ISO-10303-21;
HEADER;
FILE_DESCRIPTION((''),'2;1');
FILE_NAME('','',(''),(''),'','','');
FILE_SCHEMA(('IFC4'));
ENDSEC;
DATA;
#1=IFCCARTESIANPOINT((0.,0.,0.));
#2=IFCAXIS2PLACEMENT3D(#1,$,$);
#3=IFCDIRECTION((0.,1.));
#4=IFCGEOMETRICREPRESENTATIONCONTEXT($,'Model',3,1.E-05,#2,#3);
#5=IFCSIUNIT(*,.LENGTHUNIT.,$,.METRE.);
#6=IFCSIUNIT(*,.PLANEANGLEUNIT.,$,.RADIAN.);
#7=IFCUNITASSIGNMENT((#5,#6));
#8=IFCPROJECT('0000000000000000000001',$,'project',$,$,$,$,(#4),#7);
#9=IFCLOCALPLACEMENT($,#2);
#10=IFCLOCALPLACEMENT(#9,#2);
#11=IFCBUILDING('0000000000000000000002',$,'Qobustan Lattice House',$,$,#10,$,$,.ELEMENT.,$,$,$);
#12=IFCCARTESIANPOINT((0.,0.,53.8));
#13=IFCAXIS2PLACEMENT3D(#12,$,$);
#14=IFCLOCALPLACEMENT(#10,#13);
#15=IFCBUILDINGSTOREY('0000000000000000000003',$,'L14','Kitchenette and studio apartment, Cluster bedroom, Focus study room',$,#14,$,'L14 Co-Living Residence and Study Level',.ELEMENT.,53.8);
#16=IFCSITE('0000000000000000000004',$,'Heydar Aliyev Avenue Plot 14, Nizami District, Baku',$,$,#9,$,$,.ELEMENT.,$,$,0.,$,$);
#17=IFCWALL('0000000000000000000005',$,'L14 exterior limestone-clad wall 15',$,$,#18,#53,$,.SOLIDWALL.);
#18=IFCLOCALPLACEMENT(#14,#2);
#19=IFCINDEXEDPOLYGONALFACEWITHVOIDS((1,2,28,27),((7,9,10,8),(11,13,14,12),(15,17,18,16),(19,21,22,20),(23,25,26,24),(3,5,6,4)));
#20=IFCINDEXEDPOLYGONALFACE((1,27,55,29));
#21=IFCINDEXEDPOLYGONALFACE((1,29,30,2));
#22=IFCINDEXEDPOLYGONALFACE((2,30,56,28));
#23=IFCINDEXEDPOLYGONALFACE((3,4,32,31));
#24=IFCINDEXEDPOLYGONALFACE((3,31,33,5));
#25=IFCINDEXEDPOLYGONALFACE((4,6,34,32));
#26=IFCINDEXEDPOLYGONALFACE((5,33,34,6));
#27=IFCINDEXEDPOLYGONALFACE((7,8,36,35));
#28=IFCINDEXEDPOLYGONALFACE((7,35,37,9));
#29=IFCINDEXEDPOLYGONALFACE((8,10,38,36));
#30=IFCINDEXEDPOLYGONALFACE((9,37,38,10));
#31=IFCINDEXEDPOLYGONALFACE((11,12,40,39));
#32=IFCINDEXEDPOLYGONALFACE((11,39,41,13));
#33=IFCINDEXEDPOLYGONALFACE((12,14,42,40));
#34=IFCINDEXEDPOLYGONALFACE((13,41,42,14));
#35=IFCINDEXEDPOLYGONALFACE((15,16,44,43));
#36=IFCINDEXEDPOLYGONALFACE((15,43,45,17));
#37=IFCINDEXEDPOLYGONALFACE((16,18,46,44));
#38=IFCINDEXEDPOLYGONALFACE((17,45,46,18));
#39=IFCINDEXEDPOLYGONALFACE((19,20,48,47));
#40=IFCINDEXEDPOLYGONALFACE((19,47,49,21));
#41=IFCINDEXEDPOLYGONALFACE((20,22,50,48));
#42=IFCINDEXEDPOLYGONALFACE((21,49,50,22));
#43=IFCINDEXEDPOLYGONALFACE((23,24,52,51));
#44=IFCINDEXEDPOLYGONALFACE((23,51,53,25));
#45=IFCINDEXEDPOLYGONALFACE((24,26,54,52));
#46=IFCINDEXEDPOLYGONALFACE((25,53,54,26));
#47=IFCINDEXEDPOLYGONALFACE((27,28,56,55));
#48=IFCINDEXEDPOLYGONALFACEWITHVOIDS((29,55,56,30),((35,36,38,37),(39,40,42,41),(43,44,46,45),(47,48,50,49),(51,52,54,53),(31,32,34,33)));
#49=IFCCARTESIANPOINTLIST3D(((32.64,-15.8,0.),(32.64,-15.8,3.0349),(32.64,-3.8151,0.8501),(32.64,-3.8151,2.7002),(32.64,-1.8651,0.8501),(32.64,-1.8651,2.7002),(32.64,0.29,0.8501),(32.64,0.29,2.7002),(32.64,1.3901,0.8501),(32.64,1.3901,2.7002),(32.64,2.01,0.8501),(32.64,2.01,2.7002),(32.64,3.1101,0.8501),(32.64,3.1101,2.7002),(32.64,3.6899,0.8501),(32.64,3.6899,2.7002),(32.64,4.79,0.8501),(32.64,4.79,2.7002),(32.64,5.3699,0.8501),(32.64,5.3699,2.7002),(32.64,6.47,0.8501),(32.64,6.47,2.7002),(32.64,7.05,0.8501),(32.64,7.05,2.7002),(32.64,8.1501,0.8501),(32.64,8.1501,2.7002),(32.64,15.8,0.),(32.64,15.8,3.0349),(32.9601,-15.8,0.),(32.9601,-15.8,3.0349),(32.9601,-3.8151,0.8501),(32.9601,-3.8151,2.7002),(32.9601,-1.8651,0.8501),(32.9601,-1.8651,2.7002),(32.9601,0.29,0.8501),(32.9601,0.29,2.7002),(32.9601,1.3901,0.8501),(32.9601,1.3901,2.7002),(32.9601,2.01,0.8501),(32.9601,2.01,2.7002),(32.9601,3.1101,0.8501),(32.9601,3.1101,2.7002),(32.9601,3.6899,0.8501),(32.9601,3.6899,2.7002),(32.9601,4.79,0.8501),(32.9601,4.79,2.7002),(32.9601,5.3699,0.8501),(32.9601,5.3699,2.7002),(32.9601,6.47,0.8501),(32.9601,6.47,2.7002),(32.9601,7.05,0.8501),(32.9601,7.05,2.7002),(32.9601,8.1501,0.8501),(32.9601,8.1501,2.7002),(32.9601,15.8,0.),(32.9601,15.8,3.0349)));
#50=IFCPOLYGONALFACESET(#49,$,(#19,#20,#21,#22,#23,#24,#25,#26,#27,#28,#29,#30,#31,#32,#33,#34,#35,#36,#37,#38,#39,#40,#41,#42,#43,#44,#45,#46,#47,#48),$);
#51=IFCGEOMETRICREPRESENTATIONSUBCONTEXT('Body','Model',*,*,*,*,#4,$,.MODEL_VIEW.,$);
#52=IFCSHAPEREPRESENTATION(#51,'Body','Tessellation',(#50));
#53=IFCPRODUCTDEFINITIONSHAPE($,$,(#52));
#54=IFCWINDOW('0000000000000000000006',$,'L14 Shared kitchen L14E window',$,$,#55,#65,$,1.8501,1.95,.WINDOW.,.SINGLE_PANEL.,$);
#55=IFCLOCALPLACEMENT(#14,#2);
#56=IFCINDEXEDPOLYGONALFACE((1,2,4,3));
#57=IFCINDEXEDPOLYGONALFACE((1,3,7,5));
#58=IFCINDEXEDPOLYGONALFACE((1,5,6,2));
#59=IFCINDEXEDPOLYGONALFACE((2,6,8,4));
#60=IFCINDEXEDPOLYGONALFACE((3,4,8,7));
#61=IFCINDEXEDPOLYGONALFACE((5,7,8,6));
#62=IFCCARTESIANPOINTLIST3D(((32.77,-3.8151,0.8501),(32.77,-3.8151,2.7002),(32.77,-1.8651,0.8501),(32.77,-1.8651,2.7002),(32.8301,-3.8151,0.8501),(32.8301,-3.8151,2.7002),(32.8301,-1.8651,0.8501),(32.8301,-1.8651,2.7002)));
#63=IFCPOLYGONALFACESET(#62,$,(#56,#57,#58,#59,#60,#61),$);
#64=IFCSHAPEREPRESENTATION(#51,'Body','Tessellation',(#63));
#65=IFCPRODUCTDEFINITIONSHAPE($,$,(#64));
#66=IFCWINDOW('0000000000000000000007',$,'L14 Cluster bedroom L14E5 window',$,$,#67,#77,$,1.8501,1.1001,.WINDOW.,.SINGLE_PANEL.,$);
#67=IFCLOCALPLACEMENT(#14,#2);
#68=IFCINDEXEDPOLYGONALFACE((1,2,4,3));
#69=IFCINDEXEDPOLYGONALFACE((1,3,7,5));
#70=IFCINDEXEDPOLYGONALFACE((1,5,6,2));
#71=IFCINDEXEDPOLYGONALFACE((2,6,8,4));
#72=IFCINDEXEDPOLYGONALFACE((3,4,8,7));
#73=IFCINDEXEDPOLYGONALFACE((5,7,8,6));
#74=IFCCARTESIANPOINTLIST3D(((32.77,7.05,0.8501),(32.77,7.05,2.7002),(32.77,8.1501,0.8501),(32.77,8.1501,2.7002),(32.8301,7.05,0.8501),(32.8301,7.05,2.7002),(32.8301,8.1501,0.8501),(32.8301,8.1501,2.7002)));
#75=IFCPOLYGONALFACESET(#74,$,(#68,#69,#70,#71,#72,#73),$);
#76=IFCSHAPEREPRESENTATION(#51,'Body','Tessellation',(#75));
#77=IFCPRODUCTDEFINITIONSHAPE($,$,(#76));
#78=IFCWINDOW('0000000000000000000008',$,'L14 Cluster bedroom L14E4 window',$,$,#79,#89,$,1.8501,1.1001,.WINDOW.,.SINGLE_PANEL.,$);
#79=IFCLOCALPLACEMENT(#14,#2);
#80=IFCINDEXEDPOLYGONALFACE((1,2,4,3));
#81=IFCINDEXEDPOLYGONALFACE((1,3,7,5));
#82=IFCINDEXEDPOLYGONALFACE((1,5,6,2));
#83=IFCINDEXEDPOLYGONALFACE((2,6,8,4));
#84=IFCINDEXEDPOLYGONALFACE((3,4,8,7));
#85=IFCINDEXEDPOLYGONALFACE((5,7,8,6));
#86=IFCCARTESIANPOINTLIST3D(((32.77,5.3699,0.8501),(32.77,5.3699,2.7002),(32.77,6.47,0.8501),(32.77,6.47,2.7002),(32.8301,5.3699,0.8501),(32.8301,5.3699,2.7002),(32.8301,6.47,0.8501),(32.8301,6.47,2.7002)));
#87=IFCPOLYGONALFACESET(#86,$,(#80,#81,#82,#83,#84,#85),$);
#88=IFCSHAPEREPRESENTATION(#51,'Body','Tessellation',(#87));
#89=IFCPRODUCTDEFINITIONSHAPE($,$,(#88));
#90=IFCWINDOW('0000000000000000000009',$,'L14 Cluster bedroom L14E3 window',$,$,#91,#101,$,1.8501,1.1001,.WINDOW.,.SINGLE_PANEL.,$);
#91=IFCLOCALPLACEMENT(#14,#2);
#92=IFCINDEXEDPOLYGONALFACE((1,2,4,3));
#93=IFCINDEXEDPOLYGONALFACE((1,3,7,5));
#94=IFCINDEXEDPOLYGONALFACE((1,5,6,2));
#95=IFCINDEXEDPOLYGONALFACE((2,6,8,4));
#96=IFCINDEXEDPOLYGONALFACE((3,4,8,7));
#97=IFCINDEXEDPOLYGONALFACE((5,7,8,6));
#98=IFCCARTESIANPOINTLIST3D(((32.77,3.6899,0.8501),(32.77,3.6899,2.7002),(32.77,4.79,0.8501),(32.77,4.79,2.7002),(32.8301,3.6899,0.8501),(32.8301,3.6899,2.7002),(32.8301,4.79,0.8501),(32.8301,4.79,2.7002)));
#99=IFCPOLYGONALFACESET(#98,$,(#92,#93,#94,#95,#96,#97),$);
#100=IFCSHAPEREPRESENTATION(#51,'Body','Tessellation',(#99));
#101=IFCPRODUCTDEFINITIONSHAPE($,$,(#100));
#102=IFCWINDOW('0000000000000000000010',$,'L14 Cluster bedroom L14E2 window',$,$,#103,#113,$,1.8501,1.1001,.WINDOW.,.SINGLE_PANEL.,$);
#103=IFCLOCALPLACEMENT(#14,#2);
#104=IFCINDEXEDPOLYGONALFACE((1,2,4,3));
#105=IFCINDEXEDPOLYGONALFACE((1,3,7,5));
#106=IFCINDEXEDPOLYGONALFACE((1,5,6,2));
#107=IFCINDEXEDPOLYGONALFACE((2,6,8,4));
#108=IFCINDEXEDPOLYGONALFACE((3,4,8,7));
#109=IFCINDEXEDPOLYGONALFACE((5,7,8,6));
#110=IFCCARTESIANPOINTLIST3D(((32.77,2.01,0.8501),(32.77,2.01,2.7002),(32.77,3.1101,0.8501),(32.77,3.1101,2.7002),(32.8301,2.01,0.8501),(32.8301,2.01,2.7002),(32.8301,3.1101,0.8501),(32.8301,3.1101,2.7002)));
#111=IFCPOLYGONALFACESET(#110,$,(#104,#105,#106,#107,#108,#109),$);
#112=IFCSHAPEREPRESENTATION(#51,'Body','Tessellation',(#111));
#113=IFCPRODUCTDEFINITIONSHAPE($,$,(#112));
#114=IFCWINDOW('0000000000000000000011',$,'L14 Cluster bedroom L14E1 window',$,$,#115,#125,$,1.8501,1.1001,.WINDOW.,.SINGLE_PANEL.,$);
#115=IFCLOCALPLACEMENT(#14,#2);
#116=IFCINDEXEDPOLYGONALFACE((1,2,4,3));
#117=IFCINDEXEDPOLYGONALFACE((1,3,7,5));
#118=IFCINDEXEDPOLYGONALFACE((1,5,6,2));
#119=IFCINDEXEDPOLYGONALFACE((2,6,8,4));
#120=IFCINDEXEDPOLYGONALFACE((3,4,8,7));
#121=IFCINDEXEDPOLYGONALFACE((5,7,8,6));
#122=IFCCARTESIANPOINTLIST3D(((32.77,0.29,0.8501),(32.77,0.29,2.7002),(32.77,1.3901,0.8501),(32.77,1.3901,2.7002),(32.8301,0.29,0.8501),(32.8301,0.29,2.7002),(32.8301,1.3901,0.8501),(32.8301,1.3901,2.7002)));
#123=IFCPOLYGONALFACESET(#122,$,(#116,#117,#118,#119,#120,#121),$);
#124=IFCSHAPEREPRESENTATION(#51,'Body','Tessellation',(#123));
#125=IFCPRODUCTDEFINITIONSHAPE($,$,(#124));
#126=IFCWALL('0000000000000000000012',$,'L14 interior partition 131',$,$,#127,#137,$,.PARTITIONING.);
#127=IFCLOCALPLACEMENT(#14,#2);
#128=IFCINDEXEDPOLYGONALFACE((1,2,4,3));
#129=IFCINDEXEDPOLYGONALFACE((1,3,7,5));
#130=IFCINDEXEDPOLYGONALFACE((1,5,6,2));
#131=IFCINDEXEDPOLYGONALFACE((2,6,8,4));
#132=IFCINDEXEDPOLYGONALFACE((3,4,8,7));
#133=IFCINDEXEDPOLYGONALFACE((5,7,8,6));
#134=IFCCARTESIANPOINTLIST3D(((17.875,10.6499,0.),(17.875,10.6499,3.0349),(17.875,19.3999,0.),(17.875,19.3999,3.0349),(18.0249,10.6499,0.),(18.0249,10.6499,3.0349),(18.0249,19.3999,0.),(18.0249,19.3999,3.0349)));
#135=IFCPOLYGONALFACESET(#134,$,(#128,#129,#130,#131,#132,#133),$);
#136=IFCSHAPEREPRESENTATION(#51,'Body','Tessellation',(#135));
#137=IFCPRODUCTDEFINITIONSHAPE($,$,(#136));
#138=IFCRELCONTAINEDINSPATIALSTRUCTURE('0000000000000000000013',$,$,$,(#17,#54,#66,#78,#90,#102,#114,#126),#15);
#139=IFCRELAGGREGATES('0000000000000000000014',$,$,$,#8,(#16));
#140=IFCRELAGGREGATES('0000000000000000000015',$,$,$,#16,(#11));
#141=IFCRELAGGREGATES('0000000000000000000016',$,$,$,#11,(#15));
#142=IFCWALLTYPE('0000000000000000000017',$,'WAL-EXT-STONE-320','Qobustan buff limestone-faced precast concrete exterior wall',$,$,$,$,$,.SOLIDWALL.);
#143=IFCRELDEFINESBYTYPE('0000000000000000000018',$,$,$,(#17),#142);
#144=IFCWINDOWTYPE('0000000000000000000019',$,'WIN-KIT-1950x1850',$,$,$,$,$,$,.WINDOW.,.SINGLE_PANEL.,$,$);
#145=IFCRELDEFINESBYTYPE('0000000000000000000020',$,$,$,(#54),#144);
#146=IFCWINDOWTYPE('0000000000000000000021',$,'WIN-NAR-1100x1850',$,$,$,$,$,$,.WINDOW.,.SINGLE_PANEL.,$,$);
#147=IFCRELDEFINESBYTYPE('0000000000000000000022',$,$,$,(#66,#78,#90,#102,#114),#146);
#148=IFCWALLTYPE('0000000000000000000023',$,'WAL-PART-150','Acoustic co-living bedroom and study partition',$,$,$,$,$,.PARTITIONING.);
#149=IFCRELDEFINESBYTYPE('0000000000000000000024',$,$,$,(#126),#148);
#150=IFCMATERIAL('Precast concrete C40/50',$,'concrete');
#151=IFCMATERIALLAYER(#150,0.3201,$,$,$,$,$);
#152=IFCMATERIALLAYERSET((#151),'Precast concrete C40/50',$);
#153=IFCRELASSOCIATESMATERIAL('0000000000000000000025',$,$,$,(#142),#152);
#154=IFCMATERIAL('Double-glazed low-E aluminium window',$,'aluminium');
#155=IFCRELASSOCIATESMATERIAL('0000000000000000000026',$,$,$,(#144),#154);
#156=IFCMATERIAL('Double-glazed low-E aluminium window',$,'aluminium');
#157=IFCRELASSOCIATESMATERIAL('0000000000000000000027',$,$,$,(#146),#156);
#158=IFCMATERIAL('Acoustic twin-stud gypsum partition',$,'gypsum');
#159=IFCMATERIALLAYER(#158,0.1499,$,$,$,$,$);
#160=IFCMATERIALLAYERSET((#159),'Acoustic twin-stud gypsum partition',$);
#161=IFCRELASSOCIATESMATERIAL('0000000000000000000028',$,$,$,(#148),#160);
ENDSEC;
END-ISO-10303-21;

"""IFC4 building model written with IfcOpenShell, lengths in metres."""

from ifc_helpers import new_model, si_unit, direction, frame, frame_2d, origin, place, context, subcontext, project, spatial, rectangle, extrude, material, layer, layer_set, type_object, element, fill, save


model = new_model("IFC4")

# Units and contexts
model_context = context("Model", 3, precision=1e-05, world=origin(), true_north=direction((0.0, 1.0)))
body_context = subcontext(model_context, "Body", "Model", "MODEL_VIEW")
ifc_project = project(units=[si_unit("LENGTHUNIT", "METRE"), si_unit("PLANEANGLEUNIT", "RADIAN")], contexts=[model_context])

# Site, building, storey
site_placement = place(None, origin())
site = spatial("IfcSite", under=ifc_project, at=site_placement, Name="Heydar Aliyev Avenue Plot 14, Nizami District, Baku", CompositionType="ELEMENT", RefElevation=0.0)
building_placement = place(site_placement, origin())
building = spatial("IfcBuilding", under=site, at=building_placement, Name="Qobustan Lattice House", CompositionType="ELEMENT")
storey_placement = place(building_placement, frame((0.0, 0.0, 53.8)))
storey = spatial("IfcBuildingStorey", under=building, at=storey_placement, Name="L14", Description="Kitchenette and studio apartment, Cluster bedroom, Focus study room", LongName="L14 Co-Living Residence and Study Level", CompositionType="ELEMENT", Elevation=53.8)

# Shared definitions
ifc_material_1 = material(Name="Precast concrete C40/50", Category="concrete")
ifc_layer_1 = layer(ifc_material_1, 0.3201)
ifc_layer_set_1 = layer_set([ifc_layer_1], Name="Precast concrete C40/50")
wall_type_1 = type_object("IfcWallType", Name="WAL-EXT-STONE-320", Description="Qobustan buff limestone-faced precast concrete exterior wall", PredefinedType="SOLIDWALL", material=ifc_layer_set_1)

# Wall, openings, windows
wall_1_placement = place(storey_placement, frame((32.8, 15.8, 0.0), z_axis=(0.0, 0.0, 1.0), x_axis=(0.0, -1.0, 0.0)))
wall_1 = element("IfcWall", 1, at=wall_1_placement, inside=storey, type_object=wall_type_1, Name="L14 exterior limestone-clad wall 15", PredefinedType="SOLIDWALL", context=body_context, shape_type="SweptSolid", body=[
    extrude(rectangle(XDim=31.6001, YDim=0.3201, at=frame_2d((15.8, 0.0))), origin(), (0.0, 0.0, 1.0), 3.0349),
])
opening_1_placement = place(wall_1_placement, frame((7.6499, 0.0, 0.8501)))
opening_1 = element("IfcOpeningElement", 2, at=opening_1_placement, cuts=wall_1, PredefinedType="OPENING", context=body_context, shape_type="SweptSolid", body=[
    extrude(rectangle(XDim=1.1001, YDim=1.8501, at=frame_2d((0.55, 0.925))), frame((0.0, 0.1699, 0.0), z_axis=(0.0, -1.0, 0.0), x_axis=(1.0, 0.0, 0.0)), (0.0, 0.0, 1.0), 0.3401),
])
opening_2_placement = place(wall_1_placement, frame((9.3301, 0.0, 0.8501)))
opening_2 = element("IfcOpeningElement", 3, at=opening_2_placement, cuts=wall_1, PredefinedType="OPENING", context=body_context, shape_type="SweptSolid", body=[
    extrude(rectangle(XDim=1.1001, YDim=1.8501, at=frame_2d((0.55, 0.925))), frame((0.0, 0.1699, 0.0), z_axis=(0.0, -1.0, 0.0), x_axis=(1.0, 0.0, 0.0)), (0.0, 0.0, 1.0), 0.3401),
])
opening_3_placement = place(wall_1_placement, frame((11.01, 0.0, 0.8501)))
opening_3 = element("IfcOpeningElement", 4, at=opening_3_placement, cuts=wall_1, PredefinedType="OPENING", context=body_context, shape_type="SweptSolid", body=[
    extrude(rectangle(XDim=1.1001, YDim=1.8501, at=frame_2d((0.55, 0.925))), frame((0.0, 0.1699, 0.0), z_axis=(0.0, -1.0, 0.0), x_axis=(1.0, 0.0, 0.0)), (0.0, 0.0, 1.0), 0.3401),
])
opening_4_placement = place(wall_1_placement, frame((12.6899, 0.0, 0.8501)))
opening_4 = element("IfcOpeningElement", 5, at=opening_4_placement, cuts=wall_1, PredefinedType="OPENING", context=body_context, shape_type="SweptSolid", body=[
    extrude(rectangle(XDim=1.1001, YDim=1.8501, at=frame_2d((0.55, 0.925))), frame((0.0, 0.1699, 0.0), z_axis=(0.0, -1.0, 0.0), x_axis=(1.0, 0.0, 0.0)), (0.0, 0.0, 1.0), 0.3401),
])
opening_5_placement = place(wall_1_placement, frame((14.4099, 0.0, 0.8501)))
opening_5 = element("IfcOpeningElement", 6, at=opening_5_placement, cuts=wall_1, PredefinedType="OPENING", context=body_context, shape_type="SweptSolid", body=[
    extrude(rectangle(XDim=1.1001, YDim=1.8501, at=frame_2d((0.55, 0.925))), frame((0.0, 0.1699, 0.0), z_axis=(0.0, -1.0, 0.0), x_axis=(1.0, 0.0, 0.0)), (0.0, 0.0, 1.0), 0.3401),
])
opening_6_placement = place(wall_1_placement, frame((17.665, 0.0, 0.8501)))
opening_6 = element("IfcOpeningElement", 7, at=opening_6_placement, cuts=wall_1, PredefinedType="OPENING", context=body_context, shape_type="SweptSolid", body=[
    extrude(rectangle(XDim=1.95, YDim=1.8501, at=frame_2d((0.9751, 0.925))), frame((0.0, 0.1699, 0.0), z_axis=(0.0, -1.0, 0.0), x_axis=(1.0, 0.0, 0.0)), (0.0, 0.0, 1.0), 0.3401),
])
ifc_material_2 = material(Name="Double-glazed low-E aluminium window", Category="aluminium")
window_type_1 = type_object("IfcWindowType", Name="WIN-KIT-1950x1850", PartitioningType="SINGLE_PANEL", PredefinedType="WINDOW", material=ifc_material_2)
window_1_placement = place(opening_6_placement, origin())
window_1 = element("IfcWindow", 8, at=window_1_placement, inside=storey, type_object=window_type_1, Name="L14 Shared kitchen L14E window", OverallHeight=1.8501, OverallWidth=1.95, PartitioningType="SINGLE_PANEL", PredefinedType="WINDOW", context=body_context, shape_type="SweptSolid", body=[
    extrude(rectangle(XDim=1.95, YDim=1.8501, at=frame_2d((0.9751, 0.925))), frame((0.0, 0.03, 0.0), z_axis=(0.0, -1.0, 0.0), x_axis=(1.0, 0.0, 0.0)), (0.0, 0.0, 1.0), 0.0601),
])
fill(opening_6, window_1)
ifc_material_3 = material(Name="Double-glazed low-E aluminium window", Category="aluminium")
window_type_2 = type_object("IfcWindowType", Name="WIN-NAR-1100x1850", PartitioningType="SINGLE_PANEL", PredefinedType="WINDOW", material=ifc_material_3)
window_2_placement = place(opening_1_placement, origin())
window_2 = element("IfcWindow", 9, at=window_2_placement, inside=storey, type_object=window_type_2, Name="L14 Cluster bedroom L14E5 window", OverallHeight=1.8501, OverallWidth=1.1001, PartitioningType="SINGLE_PANEL", PredefinedType="WINDOW", context=body_context, shape_type="SweptSolid", body=[
    extrude(rectangle(XDim=1.1001, YDim=1.8501, at=frame_2d((0.55, 0.925))), frame((0.0, 0.03, 0.0), z_axis=(0.0, -1.0, 0.0), x_axis=(1.0, 0.0, 0.0)), (0.0, 0.0, 1.0), 0.0601),
])
fill(opening_1, window_2)
window_3_placement = place(opening_2_placement, origin())
window_3 = element("IfcWindow", 10, at=window_3_placement, inside=storey, type_object=window_type_2, Name="L14 Cluster bedroom L14E4 window", OverallHeight=1.8501, OverallWidth=1.1001, PartitioningType="SINGLE_PANEL", PredefinedType="WINDOW", context=body_context, shape_type="SweptSolid", body=[
    extrude(rectangle(XDim=1.1001, YDim=1.8501, at=frame_2d((0.55, 0.925))), frame((0.0, 0.03, 0.0), z_axis=(0.0, -1.0, 0.0), x_axis=(1.0, 0.0, 0.0)), (0.0, 0.0, 1.0), 0.0601),
])
fill(opening_2, window_3)
window_4_placement = place(opening_3_placement, origin())
window_4 = element("IfcWindow", 11, at=window_4_placement, inside=storey, type_object=window_type_2, Name="L14 Cluster bedroom L14E3 window", OverallHeight=1.8501, OverallWidth=1.1001, PartitioningType="SINGLE_PANEL", PredefinedType="WINDOW", context=body_context, shape_type="SweptSolid", body=[
    extrude(rectangle(XDim=1.1001, YDim=1.8501, at=frame_2d((0.55, 0.925))), frame((0.0, 0.03, 0.0), z_axis=(0.0, -1.0, 0.0), x_axis=(1.0, 0.0, 0.0)), (0.0, 0.0, 1.0), 0.0601),
])
fill(opening_3, window_4)
window_5_placement = place(opening_4_placement, origin())
window_5 = element("IfcWindow", 12, at=window_5_placement, inside=storey, type_object=window_type_2, Name="L14 Cluster bedroom L14E2 window", OverallHeight=1.8501, OverallWidth=1.1001, PartitioningType="SINGLE_PANEL", PredefinedType="WINDOW", context=body_context, shape_type="SweptSolid", body=[
    extrude(rectangle(XDim=1.1001, YDim=1.8501, at=frame_2d((0.55, 0.925))), frame((0.0, 0.03, 0.0), z_axis=(0.0, -1.0, 0.0), x_axis=(1.0, 0.0, 0.0)), (0.0, 0.0, 1.0), 0.0601),
])
fill(opening_4, window_5)
window_6_placement = place(opening_5_placement, origin())
window_6 = element("IfcWindow", 13, at=window_6_placement, inside=storey, type_object=window_type_2, Name="L14 Cluster bedroom L14E1 window", OverallHeight=1.8501, OverallWidth=1.1001, PartitioningType="SINGLE_PANEL", PredefinedType="WINDOW", context=body_context, shape_type="SweptSolid", body=[
    extrude(rectangle(XDim=1.1001, YDim=1.8501, at=frame_2d((0.55, 0.925))), frame((0.0, 0.03, 0.0), z_axis=(0.0, -1.0, 0.0), x_axis=(1.0, 0.0, 0.0)), (0.0, 0.0, 1.0), 0.0601),
])
fill(opening_5, window_6)

# Shared definitions
ifc_material_4 = material(Name="Acoustic twin-stud gypsum partition", Category="gypsum")
ifc_layer_2 = layer(ifc_material_4, 0.1499)
ifc_layer_set_2 = layer_set([ifc_layer_2], Name="Acoustic twin-stud gypsum partition")
wall_type_2 = type_object("IfcWallType", Name="WAL-PART-150", Description="Acoustic co-living bedroom and study partition", PredefinedType="PARTITIONING", material=ifc_layer_set_2)

# Wall
wall_2_placement = place(storey_placement, frame((17.95, 19.3999, 0.0), z_axis=(0.0, 0.0, 1.0), x_axis=(0.0, -1.0, 0.0)))
element("IfcWall", 14, at=wall_2_placement, inside=storey, type_object=wall_type_2, Name="L14 interior partition 131", PredefinedType="PARTITIONING", context=body_context, shape_type="SweptSolid", body=[
    extrude(rectangle(XDim=8.75, YDim=0.1499, at=frame_2d((4.375, 0.0))), origin(), (0.0, 0.0, 1.0), 3.0349),
])

save(model, "model.ifc")
